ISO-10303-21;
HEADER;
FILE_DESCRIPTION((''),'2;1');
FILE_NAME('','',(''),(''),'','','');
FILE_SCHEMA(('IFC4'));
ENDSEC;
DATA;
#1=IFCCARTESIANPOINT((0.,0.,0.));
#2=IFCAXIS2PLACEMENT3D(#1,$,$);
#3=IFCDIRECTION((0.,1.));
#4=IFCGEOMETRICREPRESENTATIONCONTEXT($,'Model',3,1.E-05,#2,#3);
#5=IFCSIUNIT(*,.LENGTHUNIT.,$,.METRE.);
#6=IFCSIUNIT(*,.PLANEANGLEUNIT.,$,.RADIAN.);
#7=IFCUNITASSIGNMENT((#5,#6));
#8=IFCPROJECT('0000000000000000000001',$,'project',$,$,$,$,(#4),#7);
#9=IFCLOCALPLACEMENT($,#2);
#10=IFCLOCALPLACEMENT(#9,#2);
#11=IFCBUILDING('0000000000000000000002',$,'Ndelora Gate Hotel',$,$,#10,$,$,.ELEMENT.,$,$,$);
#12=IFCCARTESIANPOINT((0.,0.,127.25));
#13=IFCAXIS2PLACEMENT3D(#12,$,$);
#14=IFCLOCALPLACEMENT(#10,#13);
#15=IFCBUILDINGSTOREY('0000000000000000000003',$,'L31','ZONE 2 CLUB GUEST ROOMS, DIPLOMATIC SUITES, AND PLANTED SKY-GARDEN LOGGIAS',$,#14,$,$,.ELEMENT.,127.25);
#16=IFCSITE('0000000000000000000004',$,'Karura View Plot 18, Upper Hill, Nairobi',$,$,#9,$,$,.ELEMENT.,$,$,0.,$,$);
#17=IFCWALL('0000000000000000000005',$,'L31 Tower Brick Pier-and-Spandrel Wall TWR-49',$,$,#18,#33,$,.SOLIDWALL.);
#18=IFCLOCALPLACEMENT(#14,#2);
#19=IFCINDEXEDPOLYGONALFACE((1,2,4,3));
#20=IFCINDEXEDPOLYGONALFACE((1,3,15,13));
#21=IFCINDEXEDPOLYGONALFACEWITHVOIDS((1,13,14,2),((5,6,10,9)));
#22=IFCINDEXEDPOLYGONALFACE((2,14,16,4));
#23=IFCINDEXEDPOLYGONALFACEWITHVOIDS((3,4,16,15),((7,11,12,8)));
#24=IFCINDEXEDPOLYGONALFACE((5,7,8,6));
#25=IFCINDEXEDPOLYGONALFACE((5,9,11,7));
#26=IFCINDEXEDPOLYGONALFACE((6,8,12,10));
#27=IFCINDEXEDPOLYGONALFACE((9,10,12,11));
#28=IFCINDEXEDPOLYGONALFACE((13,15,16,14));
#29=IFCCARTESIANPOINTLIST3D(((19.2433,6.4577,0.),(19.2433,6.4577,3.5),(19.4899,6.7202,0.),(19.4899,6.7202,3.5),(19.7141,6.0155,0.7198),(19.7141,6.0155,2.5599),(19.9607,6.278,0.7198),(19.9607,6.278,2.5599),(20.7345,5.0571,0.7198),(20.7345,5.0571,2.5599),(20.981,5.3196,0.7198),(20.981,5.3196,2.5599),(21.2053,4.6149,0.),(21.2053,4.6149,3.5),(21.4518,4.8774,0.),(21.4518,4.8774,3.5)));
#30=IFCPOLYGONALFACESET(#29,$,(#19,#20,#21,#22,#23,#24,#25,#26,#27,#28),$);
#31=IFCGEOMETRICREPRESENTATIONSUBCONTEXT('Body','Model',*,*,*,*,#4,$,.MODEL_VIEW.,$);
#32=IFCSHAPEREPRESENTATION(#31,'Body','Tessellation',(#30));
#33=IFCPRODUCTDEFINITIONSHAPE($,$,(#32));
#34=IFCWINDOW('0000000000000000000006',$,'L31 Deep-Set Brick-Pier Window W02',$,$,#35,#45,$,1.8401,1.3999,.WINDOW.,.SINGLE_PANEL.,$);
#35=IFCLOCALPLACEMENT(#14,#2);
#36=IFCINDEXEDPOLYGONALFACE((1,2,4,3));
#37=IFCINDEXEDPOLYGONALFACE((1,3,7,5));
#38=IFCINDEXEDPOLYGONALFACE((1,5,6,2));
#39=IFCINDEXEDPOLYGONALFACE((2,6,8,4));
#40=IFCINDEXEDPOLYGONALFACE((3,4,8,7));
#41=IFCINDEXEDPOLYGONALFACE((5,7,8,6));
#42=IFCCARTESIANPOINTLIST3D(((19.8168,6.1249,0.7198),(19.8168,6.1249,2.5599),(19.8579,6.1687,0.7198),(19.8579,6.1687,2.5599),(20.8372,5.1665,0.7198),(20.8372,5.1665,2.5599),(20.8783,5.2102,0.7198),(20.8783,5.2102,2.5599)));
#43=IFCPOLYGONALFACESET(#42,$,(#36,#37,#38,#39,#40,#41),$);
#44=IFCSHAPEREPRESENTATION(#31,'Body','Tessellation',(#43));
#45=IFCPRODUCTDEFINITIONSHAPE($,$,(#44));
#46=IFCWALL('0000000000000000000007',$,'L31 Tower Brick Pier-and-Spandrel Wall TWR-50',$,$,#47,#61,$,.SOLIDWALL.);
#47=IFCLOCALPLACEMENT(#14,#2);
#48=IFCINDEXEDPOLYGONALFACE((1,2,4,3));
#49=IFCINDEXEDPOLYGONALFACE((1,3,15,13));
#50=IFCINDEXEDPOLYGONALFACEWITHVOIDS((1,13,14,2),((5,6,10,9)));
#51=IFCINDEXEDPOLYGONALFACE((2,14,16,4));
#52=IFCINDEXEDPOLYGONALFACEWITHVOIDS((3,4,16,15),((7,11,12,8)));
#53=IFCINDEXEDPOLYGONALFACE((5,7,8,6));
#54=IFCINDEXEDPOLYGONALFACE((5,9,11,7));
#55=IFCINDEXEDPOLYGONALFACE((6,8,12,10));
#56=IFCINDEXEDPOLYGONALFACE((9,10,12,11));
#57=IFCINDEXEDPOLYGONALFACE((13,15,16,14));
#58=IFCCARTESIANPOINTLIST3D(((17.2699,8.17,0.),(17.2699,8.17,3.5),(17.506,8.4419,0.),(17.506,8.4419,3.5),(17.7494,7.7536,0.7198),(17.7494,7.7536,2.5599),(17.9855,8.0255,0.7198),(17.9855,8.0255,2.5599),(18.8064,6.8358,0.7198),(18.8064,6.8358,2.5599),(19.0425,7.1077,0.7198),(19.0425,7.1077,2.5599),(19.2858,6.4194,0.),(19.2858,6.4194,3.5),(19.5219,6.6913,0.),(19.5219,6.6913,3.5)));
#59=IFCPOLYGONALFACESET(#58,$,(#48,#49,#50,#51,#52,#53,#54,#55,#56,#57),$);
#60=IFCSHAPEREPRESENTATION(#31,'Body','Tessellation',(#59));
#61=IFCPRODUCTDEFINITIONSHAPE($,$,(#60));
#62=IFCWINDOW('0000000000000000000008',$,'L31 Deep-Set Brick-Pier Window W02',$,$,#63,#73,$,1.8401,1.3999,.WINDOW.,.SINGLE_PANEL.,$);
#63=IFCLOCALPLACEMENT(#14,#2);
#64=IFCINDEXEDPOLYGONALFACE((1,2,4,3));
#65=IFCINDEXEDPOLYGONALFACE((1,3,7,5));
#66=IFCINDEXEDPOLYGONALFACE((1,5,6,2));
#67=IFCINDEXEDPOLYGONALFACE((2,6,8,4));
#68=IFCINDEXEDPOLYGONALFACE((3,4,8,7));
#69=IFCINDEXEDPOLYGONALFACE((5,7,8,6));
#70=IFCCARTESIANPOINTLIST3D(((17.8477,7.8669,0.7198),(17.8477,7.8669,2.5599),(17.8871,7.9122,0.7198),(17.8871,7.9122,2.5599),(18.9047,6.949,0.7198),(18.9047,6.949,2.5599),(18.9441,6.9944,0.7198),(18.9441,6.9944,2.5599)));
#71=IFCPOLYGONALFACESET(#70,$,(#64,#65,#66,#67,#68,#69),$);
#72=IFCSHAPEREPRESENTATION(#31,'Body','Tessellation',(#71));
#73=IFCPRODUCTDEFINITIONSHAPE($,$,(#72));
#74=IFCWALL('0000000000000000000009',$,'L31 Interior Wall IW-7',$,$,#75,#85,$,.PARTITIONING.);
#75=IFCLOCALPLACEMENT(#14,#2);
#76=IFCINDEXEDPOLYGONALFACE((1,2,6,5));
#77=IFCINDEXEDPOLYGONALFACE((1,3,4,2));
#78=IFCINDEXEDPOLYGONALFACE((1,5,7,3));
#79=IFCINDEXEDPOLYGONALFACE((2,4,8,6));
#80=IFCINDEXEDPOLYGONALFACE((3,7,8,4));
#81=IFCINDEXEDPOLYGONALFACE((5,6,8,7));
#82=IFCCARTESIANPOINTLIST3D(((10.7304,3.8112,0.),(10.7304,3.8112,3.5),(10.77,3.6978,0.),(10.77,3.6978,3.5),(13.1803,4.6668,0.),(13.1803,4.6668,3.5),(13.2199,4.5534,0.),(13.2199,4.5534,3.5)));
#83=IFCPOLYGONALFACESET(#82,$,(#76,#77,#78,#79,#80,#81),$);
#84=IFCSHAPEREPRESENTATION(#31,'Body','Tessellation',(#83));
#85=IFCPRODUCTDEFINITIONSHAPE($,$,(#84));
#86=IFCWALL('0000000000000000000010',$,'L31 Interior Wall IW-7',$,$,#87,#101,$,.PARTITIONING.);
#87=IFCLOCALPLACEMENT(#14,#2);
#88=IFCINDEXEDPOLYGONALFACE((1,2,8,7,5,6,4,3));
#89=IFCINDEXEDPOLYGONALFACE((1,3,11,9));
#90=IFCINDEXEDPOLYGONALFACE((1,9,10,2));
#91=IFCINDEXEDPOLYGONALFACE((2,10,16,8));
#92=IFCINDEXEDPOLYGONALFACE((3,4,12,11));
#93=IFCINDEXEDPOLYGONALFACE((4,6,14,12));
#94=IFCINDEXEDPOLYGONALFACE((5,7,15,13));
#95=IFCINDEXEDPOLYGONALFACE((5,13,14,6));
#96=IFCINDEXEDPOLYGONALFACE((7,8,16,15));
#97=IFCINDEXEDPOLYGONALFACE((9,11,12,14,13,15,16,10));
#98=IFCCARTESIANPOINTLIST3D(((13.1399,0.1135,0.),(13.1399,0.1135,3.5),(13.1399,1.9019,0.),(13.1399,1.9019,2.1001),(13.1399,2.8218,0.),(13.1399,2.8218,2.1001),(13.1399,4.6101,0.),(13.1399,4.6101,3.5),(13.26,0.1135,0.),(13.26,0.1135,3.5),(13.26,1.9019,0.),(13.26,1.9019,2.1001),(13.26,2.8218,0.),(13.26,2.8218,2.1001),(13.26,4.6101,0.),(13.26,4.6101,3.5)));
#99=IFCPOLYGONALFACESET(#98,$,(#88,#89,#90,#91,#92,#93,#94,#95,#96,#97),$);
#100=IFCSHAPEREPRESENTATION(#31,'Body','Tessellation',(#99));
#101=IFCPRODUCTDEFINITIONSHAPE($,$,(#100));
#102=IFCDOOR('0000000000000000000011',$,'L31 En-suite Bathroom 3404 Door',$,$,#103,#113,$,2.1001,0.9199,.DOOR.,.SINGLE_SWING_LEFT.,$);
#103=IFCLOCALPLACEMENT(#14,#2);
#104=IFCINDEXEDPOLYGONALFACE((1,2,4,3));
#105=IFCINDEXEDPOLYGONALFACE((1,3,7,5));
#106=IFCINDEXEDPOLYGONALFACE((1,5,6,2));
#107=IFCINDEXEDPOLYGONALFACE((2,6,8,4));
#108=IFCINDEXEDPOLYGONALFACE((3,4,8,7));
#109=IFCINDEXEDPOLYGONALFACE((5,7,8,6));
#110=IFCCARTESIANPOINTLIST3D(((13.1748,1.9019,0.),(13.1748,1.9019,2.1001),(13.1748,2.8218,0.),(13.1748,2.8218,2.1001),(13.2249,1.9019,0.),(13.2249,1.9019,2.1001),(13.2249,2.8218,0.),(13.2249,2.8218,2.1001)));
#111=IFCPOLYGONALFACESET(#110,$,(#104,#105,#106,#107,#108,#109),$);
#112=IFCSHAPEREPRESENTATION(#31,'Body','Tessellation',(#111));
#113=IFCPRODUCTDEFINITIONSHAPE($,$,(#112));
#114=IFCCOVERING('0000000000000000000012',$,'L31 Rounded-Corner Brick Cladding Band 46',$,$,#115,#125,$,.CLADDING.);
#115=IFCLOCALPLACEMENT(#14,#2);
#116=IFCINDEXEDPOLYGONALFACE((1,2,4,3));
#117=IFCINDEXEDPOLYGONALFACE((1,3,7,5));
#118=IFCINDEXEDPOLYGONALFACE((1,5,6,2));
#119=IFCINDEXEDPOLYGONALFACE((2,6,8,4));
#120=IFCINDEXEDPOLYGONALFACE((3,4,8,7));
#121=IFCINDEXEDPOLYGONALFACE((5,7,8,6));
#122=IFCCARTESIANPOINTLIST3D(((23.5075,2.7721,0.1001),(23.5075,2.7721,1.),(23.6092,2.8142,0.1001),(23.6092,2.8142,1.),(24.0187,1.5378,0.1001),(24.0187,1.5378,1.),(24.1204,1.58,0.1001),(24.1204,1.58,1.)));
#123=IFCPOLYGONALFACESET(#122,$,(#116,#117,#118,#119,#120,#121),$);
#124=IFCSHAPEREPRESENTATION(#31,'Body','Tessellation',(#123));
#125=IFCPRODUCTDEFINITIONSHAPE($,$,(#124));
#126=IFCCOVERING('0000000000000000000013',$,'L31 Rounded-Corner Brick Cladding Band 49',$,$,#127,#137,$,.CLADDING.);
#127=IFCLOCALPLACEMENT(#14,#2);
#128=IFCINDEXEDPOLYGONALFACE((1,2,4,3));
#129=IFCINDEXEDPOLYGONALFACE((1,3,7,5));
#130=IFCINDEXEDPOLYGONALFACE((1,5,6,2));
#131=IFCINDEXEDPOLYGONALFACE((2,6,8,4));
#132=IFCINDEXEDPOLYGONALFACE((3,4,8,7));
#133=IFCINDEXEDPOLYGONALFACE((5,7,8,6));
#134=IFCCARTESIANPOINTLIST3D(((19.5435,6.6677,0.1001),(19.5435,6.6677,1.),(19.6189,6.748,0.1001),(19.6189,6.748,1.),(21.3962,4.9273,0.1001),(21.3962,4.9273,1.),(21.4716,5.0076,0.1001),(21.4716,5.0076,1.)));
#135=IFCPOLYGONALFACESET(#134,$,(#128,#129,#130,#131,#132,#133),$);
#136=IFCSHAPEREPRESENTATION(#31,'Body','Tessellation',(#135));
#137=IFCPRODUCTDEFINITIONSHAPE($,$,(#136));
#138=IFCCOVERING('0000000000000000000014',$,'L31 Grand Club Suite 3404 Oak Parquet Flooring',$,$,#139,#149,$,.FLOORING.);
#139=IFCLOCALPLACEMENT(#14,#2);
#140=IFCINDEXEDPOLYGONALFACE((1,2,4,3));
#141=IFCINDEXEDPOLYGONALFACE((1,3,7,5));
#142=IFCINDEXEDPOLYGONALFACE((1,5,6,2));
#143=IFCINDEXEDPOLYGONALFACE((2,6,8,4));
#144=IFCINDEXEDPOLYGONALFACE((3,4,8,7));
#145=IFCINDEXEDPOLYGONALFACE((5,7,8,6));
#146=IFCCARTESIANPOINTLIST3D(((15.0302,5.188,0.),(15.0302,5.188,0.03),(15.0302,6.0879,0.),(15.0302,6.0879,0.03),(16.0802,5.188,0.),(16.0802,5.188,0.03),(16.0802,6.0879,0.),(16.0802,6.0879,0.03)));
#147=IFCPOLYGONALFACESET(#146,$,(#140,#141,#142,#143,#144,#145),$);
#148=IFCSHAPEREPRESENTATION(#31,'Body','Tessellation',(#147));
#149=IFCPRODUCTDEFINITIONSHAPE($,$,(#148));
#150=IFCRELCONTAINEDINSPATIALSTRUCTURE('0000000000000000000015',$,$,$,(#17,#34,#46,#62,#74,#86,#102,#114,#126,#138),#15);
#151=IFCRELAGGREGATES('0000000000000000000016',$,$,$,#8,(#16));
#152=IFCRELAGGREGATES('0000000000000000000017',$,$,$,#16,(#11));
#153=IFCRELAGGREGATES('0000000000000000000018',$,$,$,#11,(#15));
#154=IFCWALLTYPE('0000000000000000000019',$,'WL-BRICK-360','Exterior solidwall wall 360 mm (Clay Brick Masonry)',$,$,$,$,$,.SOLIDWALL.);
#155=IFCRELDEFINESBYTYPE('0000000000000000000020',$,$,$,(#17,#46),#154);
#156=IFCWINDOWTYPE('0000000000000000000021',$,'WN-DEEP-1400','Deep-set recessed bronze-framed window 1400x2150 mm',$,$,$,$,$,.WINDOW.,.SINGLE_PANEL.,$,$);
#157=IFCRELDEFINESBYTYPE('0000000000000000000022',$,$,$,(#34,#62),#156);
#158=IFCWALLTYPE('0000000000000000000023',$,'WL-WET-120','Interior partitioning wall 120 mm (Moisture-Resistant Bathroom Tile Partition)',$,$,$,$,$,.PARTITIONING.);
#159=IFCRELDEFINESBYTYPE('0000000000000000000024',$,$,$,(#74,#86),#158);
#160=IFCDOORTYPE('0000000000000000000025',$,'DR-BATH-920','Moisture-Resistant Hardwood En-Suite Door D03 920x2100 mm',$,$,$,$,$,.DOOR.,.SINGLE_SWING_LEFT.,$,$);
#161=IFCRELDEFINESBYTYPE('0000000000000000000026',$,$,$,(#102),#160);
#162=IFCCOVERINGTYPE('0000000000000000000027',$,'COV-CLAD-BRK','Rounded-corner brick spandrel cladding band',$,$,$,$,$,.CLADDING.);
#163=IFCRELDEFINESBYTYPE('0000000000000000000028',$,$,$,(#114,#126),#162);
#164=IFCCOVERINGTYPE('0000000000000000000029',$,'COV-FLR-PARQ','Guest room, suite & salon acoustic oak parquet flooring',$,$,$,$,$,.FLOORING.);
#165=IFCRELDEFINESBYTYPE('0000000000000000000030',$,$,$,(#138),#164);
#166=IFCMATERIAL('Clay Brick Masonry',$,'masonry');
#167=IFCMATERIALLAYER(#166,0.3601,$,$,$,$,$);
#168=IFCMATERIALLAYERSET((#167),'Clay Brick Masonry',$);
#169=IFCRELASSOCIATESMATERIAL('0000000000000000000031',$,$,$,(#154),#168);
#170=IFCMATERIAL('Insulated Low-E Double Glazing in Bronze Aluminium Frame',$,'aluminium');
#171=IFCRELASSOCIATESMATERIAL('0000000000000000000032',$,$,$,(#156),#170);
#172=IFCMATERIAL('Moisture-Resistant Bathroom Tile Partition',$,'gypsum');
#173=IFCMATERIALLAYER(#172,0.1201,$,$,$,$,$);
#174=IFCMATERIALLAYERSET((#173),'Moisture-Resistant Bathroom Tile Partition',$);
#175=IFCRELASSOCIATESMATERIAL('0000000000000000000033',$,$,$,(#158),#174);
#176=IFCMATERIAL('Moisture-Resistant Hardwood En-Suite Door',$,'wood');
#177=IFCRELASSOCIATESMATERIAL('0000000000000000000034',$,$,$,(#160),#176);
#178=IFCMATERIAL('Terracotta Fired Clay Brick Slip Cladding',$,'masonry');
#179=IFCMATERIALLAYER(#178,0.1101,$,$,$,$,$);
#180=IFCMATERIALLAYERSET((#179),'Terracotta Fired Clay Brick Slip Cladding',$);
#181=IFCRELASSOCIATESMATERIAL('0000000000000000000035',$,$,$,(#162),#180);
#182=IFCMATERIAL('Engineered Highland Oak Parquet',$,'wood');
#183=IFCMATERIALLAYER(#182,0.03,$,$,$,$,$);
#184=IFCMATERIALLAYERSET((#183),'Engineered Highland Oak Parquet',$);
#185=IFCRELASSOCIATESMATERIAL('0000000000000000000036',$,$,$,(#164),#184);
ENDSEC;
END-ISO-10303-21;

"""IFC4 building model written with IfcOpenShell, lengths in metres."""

from ifc_helpers import new_model, si_unit, direction, frame, frame_2d, origin, origin_2d, place, context, subcontext, project, spatial, rectangle, extrude, material, layer, layer_set, type_object, element, fill, save


model = new_model("IFC4")

# Units and contexts
model_context = context("Model", 3, precision=1e-05, world=origin(), true_north=direction((0.0, 1.0)))
body_context = subcontext(model_context, "Body", "Model", "MODEL_VIEW")
ifc_project = project(units=[si_unit("LENGTHUNIT", "METRE"), si_unit("PLANEANGLEUNIT", "RADIAN")], contexts=[model_context])

# Site, building, storey
site_placement = place(None, origin())
site = spatial("IfcSite", under=ifc_project, at=site_placement, Name="Karura View Plot 18, Upper Hill, Nairobi", CompositionType="ELEMENT", RefElevation=0.0)
building_placement = place(site_placement, origin())
building = spatial("IfcBuilding", under=site, at=building_placement, Name="Ndelora Gate Hotel", CompositionType="ELEMENT")
storey_placement = place(building_placement, frame((0.0, 0.0, 127.25)))
storey = spatial("IfcBuildingStorey", under=building, at=storey_placement, Name="L31", Description="ZONE 2 CLUB GUEST ROOMS, DIPLOMATIC SUITES, AND PLANTED SKY-GARDEN LOGGIAS", CompositionType="ELEMENT", Elevation=127.25)

# Shared definitions
ifc_material_1 = material(Name="Clay Brick Masonry", Category="masonry")
ifc_layer_1 = layer(ifc_material_1, 0.3601)
ifc_layer_set_1 = layer_set([ifc_layer_1], Name="Clay Brick Masonry")
wall_type_1 = type_object("IfcWallType", Name="WL-BRICK-360", Description="Exterior solidwall wall 360 mm (Clay Brick Masonry)", PredefinedType="SOLIDWALL", material=ifc_layer_set_1)

# Walls, openings, windows
wall_1_placement = place(storey_placement, frame((19.3667, 6.5889, 0.0), z_axis=(0.0, 0.0, 1.0), x_axis=(0.728892, -0.684629, 0.0)))
wall_1 = element("IfcWall", 1, at=wall_1_placement, inside=storey, type_object=wall_type_1, Name="L31 Tower Brick Pier-and-Spandrel Wall TWR-49", PredefinedType="SOLIDWALL", context=body_context, shape_type="SweptSolid", body=[
    extrude(rectangle(XDim=2.6917, YDim=0.3601, at=frame_2d((1.3457, 0.0))), origin(), (0.0, 0.0, 1.0), 3.5),
])
opening_1_placement = place(wall_1_placement, frame((0.6458, 0.0, 0.72)))
opening_1 = element("IfcOpeningElement", 2, at=opening_1_placement, cuts=wall_1, PredefinedType="OPENING", context=body_context, shape_type="SweptSolid", body=[
    extrude(rectangle(XDim=1.3999, YDim=1.8401, at=frame_2d((0.7, 0.9199))), frame((0.0, 0.1899, 0.0), z_axis=(0.0, -1.0, 0.0), x_axis=(1.0, 0.0, 0.0)), (0.0, 0.0, 1.0), 0.3801),
])
ifc_material_2 = material(Name="Insulated Low-E Double Glazing in Bronze Aluminium Frame", Category="aluminium")
window_type = type_object("IfcWindowType", Name="WN-DEEP-1400", Description="Deep-set recessed bronze-framed window 1400x2150 mm", PartitioningType="SINGLE_PANEL", PredefinedType="WINDOW", material=ifc_material_2)
window_1_placement = place(opening_1_placement, origin())
window_1 = element("IfcWindow", 3, at=window_1_placement, inside=storey, type_object=window_type, Name="L31 Deep-Set Brick-Pier Window W02", OverallHeight=1.8401, OverallWidth=1.3999, PartitioningType="SINGLE_PANEL", PredefinedType="WINDOW", context=body_context, shape_type="SweptSolid", body=[
    extrude(rectangle(XDim=1.3999, YDim=1.8401, at=frame_2d((0.7, 0.9199))), frame((0.0, 0.03, 0.0), z_axis=(0.0, -1.0, 0.0), x_axis=(1.0, 0.0, 0.0)), (0.0, 0.0, 1.0), 0.0601),
])
fill(opening_1, window_1)
wall_2_placement = place(storey_placement, frame((17.3879, 8.3059, 0.0), z_axis=(0.0, 0.0, 1.0), x_axis=(0.755058, -0.655658, 0.0)))
wall_2 = element("IfcWall", 4, at=wall_2_placement, inside=storey, type_object=wall_type_1, Name="L31 Tower Brick Pier-and-Spandrel Wall TWR-50", PredefinedType="SOLIDWALL", context=body_context, shape_type="SweptSolid", body=[
    extrude(rectangle(XDim=2.6699, YDim=0.3601, at=frame_2d((1.335, 0.0))), origin(), (0.0, 0.0, 1.0), 3.5),
])
opening_2_placement = place(wall_2_placement, frame((0.635, 0.0, 0.72)))
opening_2 = element("IfcOpeningElement", 5, at=opening_2_placement, cuts=wall_2, PredefinedType="OPENING", context=body_context, shape_type="SweptSolid", body=[
    extrude(rectangle(XDim=1.3999, YDim=1.8401, at=frame_2d((0.7, 0.9199))), frame((0.0, 0.1899, 0.0), z_axis=(0.0, -1.0, 0.0), x_axis=(1.0, 0.0, 0.0)), (0.0, 0.0, 1.0), 0.3801),
])
window_2_placement = place(opening_2_placement, origin())
window_2 = element("IfcWindow", 6, at=window_2_placement, inside=storey, type_object=window_type, Name="L31 Deep-Set Brick-Pier Window W02", OverallHeight=1.8401, OverallWidth=1.3999, PartitioningType="SINGLE_PANEL", PredefinedType="WINDOW", context=body_context, shape_type="SweptSolid", body=[
    extrude(rectangle(XDim=1.3999, YDim=1.8401, at=frame_2d((0.7, 0.9199))), frame((0.0, 0.03, 0.0), z_axis=(0.0, -1.0, 0.0), x_axis=(1.0, 0.0, 0.0)), (0.0, 0.0, 1.0), 0.0601),
])
fill(opening_2, window_2)

# Wall
ifc_material_3 = material(Name="Moisture-Resistant Bathroom Tile Partition", Category="gypsum")
ifc_layer_2 = layer(ifc_material_3, 0.1201)
ifc_layer_set_2 = layer_set([ifc_layer_2], Name="Moisture-Resistant Bathroom Tile Partition")
wall_type_2 = type_object("IfcWallType", Name="WL-WET-120", Description="Interior partitioning wall 120 mm (Moisture-Resistant Bathroom Tile Partition)", PredefinedType="PARTITIONING", material=ifc_layer_set_2)
wall_3_placement = place(storey_placement, frame((13.2, 4.6101, 0.0), z_axis=(0.0, 0.0, 1.0), x_axis=(-0.944071, -0.329743, 0.0)))
element("IfcWall", 7, at=wall_3_placement, inside=storey, type_object=wall_type_2, Name="L31 Interior Wall IW-7", PredefinedType="PARTITIONING", context=body_context, shape_type="SweptSolid", body=[
    extrude(rectangle(XDim=2.595, YDim=0.1201, at=frame_2d((1.2974, 0.0))), origin(), (0.0, 0.0, 1.0), 3.5),
])

# Wall, opening, door
wall_4_placement = place(storey_placement, frame((13.2, 4.6101, 0.0), z_axis=(0.0, 0.0, 1.0), x_axis=(0.0, -1.0, 0.0)))
wall_4 = element("IfcWall", 8, at=wall_4_placement, inside=storey, type_object=wall_type_2, Name="L31 Interior Wall IW-7", PredefinedType="PARTITIONING", context=body_context, shape_type="SweptSolid", body=[
    extrude(rectangle(XDim=4.4966, YDim=0.1201, at=frame_2d((2.2483, 0.0))), origin(), (0.0, 0.0, 1.0), 3.5),
])
opening_3_placement = place(wall_4_placement, frame((1.7883, 0.0, 0.0)))
opening_3 = element("IfcOpeningElement", 9, at=opening_3_placement, cuts=wall_4, PredefinedType="OPENING", context=body_context, shape_type="SweptSolid", body=[
    extrude(rectangle(XDim=0.9199, YDim=2.1001, at=frame_2d((0.46, 1.05))), frame((0.0, 0.0701, 0.0), z_axis=(0.0, -1.0, 0.0), x_axis=(1.0, 0.0, 0.0)), (0.0, 0.0, 1.0), 0.1401),
])
ifc_material_4 = material(Name="Moisture-Resistant Hardwood En-Suite Door", Category="wood")
door_type = type_object("IfcDoorType", Name="DR-BATH-920", Description="Moisture-Resistant Hardwood En-Suite Door D03 920x2100 mm", OperationType="SINGLE_SWING_LEFT", PredefinedType="DOOR", material=ifc_material_4)
door_placement = place(opening_3_placement, origin())
door = element("IfcDoor", 10, at=door_placement, inside=storey, type_object=door_type, Name="L31 En-suite Bathroom 3404 Door", OperationType="SINGLE_SWING_LEFT", OverallHeight=2.1001, OverallWidth=0.9199, PredefinedType="DOOR", context=body_context, shape_type="SweptSolid", body=[
    extrude(rectangle(XDim=0.9199, YDim=2.1001, at=frame_2d((0.46, 1.05))), frame((0.0, 0.0249, 0.0), z_axis=(0.0, -1.0, 0.0), x_axis=(1.0, 0.0, 0.0)), (0.0, 0.0, 1.0), 0.05),
])
fill(opening_3, door)

# Coverings
ifc_material_5 = material(Name="Terracotta Fired Clay Brick Slip Cladding", Category="masonry")
ifc_layer_3 = layer(ifc_material_5, 0.1101)
ifc_layer_set_3 = layer_set([ifc_layer_3], Name="Terracotta Fired Clay Brick Slip Cladding")
covering_type_1 = type_object("IfcCoveringType", Name="COV-CLAD-BRK", Description="Rounded-corner brick spandrel cladding band", PredefinedType="CLADDING", material=ifc_layer_set_3)
covering_1_placement = place(storey_placement, frame((23.814, 2.176, 0.1001), z_axis=(0.0, 0.0, 1.0), x_axis=(-0.382683, 0.92388, 0.0)))
element("IfcCovering", 11, at=covering_1_placement, inside=storey, type_object=covering_type_1, Name="L31 Rounded-Corner Brick Cladding Band 46", PredefinedType="CLADDING", context=body_context, shape_type="SweptSolid", body=[
    extrude(rectangle(XDim=1.3359, YDim=0.1101, at=origin_2d()), origin(), (0.0, 0.0, 1.0), 0.8999),
])
covering_2_placement = place(storey_placement, frame((20.5076, 5.8376, 0.1001), z_axis=(0.0, 0.0, 1.0), x_axis=(-0.728849, 0.684674, 0.0)))
element("IfcCovering", 12, at=covering_2_placement, inside=storey, type_object=covering_type_1, Name="L31 Rounded-Corner Brick Cladding Band 49", PredefinedType="CLADDING", context=body_context, shape_type="SweptSolid", body=[
    extrude(rectangle(XDim=2.542, YDim=0.1101, at=origin_2d()), origin(), (0.0, 0.0, 1.0), 0.8999),
])
ifc_material_6 = material(Name="Engineered Highland Oak Parquet", Category="wood")
ifc_layer_4 = layer(ifc_material_6, 0.03)
ifc_layer_set_4 = layer_set([ifc_layer_4], Name="Engineered Highland Oak Parquet")
covering_type_2 = type_object("IfcCoveringType", Name="COV-FLR-PARQ", Description="Guest room, suite & salon acoustic oak parquet flooring", PredefinedType="FLOORING", material=ifc_layer_set_4)
covering_3_placement = place(storey_placement, frame((15.5552, 5.6379, 0.0), z_axis=(0.0, 0.0, 1.0), x_axis=(1.0, 0.0, 0.0)))
element("IfcCovering", 13, at=covering_3_placement, inside=storey, type_object=covering_type_2, Name="L31 Grand Club Suite 3404 Oak Parquet Flooring", PredefinedType="FLOORING", context=body_context, shape_type="SweptSolid", body=[
    extrude(rectangle(XDim=1.05, YDim=0.8999, at=origin_2d()), origin(), (0.0, 0.0, 1.0), 0.03),
])

save(model, "model.ifc")
